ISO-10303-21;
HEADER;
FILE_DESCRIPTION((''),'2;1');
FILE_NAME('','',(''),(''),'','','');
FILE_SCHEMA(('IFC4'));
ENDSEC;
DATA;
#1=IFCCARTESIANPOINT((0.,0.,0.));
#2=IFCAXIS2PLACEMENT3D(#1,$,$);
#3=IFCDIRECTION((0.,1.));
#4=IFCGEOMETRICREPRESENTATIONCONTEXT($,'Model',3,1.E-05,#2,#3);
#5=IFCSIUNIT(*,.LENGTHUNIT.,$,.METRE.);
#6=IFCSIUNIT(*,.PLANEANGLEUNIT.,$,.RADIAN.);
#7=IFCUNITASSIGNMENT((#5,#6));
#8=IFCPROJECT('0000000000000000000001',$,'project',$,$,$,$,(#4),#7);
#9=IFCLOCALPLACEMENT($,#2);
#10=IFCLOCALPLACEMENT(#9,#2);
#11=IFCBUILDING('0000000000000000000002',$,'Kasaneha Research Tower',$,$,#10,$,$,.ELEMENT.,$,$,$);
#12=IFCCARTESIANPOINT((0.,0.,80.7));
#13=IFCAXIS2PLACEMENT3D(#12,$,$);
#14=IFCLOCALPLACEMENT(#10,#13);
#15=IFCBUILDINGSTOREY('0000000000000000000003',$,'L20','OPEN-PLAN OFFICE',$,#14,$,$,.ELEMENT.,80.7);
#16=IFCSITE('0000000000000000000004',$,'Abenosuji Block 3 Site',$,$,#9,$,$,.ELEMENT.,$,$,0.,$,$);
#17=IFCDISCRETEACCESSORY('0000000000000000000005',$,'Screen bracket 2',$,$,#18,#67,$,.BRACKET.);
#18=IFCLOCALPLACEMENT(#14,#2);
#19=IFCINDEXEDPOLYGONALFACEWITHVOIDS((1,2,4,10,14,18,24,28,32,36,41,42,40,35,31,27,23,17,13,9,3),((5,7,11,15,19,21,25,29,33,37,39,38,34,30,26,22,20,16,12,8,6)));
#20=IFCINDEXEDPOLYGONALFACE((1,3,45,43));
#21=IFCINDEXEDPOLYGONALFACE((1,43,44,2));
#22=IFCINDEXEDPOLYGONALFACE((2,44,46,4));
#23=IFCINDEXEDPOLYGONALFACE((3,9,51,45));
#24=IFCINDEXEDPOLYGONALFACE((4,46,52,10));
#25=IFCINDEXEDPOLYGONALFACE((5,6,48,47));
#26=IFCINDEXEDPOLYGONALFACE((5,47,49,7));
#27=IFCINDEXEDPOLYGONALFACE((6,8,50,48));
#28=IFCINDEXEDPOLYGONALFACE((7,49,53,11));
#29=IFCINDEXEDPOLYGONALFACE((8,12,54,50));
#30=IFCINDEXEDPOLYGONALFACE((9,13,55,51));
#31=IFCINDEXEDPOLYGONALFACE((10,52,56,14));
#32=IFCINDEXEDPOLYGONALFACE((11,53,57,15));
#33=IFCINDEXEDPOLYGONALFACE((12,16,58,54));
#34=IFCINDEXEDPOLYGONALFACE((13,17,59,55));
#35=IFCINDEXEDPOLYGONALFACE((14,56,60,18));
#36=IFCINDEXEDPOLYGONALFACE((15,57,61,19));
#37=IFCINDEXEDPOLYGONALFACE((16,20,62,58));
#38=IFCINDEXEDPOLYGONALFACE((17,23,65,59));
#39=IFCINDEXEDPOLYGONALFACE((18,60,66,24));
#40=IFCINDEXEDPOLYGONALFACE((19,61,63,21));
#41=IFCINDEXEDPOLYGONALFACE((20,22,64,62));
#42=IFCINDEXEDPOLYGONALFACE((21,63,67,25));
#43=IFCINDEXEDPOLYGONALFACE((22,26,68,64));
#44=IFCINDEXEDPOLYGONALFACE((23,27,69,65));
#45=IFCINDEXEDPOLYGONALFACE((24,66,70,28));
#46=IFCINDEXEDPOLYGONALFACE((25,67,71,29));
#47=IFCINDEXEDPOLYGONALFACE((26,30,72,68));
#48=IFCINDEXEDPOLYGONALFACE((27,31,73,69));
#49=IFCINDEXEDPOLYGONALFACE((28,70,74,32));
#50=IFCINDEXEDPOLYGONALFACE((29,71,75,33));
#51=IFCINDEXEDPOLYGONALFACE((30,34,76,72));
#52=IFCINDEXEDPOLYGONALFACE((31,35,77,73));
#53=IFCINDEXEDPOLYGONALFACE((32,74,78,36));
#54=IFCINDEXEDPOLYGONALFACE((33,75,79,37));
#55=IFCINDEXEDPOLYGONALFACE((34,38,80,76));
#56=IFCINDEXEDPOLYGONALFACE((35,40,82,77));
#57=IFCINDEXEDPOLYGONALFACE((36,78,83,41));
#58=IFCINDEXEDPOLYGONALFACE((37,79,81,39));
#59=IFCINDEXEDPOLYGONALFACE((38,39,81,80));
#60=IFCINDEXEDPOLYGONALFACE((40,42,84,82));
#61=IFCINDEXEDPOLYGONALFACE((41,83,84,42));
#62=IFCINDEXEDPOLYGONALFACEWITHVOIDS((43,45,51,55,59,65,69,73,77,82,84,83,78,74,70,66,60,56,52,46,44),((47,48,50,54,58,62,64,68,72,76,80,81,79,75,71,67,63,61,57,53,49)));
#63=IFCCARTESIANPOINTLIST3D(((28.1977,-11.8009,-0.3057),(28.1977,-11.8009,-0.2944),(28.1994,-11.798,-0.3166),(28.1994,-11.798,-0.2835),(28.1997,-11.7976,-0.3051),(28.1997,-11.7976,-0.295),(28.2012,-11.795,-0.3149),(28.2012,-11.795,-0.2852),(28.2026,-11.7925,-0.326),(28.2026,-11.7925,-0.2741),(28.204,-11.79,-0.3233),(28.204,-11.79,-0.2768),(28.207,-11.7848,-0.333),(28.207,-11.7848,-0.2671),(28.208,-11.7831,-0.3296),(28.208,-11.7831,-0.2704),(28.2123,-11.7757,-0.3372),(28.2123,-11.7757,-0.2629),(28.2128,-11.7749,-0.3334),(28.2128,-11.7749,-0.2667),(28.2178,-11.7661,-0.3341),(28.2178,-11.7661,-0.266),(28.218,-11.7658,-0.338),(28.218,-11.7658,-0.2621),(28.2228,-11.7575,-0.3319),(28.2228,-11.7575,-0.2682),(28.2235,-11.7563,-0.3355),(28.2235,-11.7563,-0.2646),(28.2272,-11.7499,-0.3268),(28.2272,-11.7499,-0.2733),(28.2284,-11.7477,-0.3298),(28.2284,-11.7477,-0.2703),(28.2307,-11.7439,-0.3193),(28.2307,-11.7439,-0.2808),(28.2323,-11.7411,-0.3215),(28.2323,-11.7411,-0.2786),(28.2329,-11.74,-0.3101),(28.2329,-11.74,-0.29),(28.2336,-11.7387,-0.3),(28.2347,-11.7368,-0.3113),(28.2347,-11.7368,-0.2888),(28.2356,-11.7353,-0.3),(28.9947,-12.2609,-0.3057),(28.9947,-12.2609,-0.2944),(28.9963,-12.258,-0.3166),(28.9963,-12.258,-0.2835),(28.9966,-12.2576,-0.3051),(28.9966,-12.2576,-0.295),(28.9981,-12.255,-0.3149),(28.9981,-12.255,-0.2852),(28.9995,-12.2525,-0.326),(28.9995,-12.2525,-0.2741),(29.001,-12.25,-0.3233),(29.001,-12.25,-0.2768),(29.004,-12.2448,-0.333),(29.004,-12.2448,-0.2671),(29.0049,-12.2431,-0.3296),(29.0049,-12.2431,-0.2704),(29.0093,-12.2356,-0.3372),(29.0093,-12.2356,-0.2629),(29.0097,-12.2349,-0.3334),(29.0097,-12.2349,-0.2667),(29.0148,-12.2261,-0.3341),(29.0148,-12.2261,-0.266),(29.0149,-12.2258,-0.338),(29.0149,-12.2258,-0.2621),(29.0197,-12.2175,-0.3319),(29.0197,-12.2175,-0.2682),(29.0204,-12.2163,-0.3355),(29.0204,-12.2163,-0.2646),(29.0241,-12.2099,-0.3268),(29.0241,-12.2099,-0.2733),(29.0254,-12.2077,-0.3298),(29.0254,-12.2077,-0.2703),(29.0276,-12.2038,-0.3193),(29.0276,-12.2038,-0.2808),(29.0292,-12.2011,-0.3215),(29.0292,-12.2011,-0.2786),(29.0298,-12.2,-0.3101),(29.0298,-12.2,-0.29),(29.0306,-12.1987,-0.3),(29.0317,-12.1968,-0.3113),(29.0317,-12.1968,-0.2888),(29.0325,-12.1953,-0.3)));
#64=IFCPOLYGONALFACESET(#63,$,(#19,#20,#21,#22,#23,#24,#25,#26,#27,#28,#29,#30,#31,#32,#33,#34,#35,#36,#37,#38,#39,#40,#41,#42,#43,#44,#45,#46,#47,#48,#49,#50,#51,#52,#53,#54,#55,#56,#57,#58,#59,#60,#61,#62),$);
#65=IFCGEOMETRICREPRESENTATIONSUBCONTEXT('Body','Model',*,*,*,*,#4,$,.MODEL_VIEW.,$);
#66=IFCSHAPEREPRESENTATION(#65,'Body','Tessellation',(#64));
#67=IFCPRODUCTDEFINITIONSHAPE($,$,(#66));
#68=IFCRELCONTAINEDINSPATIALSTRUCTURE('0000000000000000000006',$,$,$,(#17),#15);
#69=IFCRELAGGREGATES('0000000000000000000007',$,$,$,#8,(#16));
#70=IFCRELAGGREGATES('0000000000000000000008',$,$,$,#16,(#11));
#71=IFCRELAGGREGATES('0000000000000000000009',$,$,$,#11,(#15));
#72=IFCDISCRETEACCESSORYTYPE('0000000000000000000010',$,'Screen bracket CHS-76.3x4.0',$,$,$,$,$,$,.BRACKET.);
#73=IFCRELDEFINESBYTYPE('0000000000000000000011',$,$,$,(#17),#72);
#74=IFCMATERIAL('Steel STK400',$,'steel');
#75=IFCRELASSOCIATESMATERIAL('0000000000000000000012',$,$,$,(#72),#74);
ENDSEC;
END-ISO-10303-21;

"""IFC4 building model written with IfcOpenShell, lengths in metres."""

from ifc_helpers import new_model, si_unit, direction, frame, origin, origin_2d, place, context, subcontext, project, spatial, hollow_circle, extrude, material, material_profile, profile_set, type_object, element, save


model = new_model("IFC4")

# Units and contexts
model_context = context("Model", 3, precision=1e-05, world=origin(), true_north=direction((0.0, 1.0)))
body_context = subcontext(model_context, "Body", "Model", "MODEL_VIEW")
ifc_project = project(units=[si_unit("LENGTHUNIT", "METRE"), si_unit("PLANEANGLEUNIT", "RADIAN")], contexts=[model_context])

# Site, building, storey
site_placement = place(None, origin())
site = spatial("IfcSite", under=ifc_project, at=site_placement, Name="Abenosuji Block 3 Site", CompositionType="ELEMENT", RefElevation=0.0)
building_placement = place(site_placement, origin())
building = spatial("IfcBuilding", under=site, at=building_placement, Name="Kasaneha Research Tower", CompositionType="ELEMENT")
storey_placement = place(building_placement, frame((0.0, 0.0, 80.7)))
storey = spatial("IfcBuildingStorey", under=building, at=storey_placement, Name="L20", Description="OPEN-PLAN OFFICE", CompositionType="ELEMENT", Elevation=80.7)

# Discrete accessory
ifc_material_1 = material(Name="Steel STK400", Category="steel")
ifc_material_profile_1 = material_profile(ifc_material_1, hollow_circle(Radius=0.0381, WallThickness=0.0039, at=origin_2d()), Name="CHS-76.3x4.0")
ifc_profile_set_1 = profile_set([ifc_material_profile_1], Name="Steel STK400")
discrete_accessory_type = type_object("IfcDiscreteAccessoryType", Name="Screen bracket CHS-76.3x4.0", PredefinedType="BRACKET", material=ifc_profile_set_1)
for number, where, z_axis, x_axis, name in (
    (1, (28.2166, -11.7683, -0.3), (0.86608, -0.499906, 0.0), (0.499906, 0.86608, 0.0), "Screen bracket 2"),
):
    element("IfcDiscreteAccessory", number, at=place(storey_placement, frame(where, z_axis=z_axis, x_axis=x_axis)), inside=storey, type_object=discrete_accessory_type, Name=name, PredefinedType="BRACKET", context=body_context, shape_type="SweptSolid", body=[
        extrude(hollow_circle(Radius=0.0381, WallThickness=0.0039, at=origin_2d()), origin(), (0.0, 0.0, 1.0), 0.9202),
    ])

save(model, "model.ifc")
